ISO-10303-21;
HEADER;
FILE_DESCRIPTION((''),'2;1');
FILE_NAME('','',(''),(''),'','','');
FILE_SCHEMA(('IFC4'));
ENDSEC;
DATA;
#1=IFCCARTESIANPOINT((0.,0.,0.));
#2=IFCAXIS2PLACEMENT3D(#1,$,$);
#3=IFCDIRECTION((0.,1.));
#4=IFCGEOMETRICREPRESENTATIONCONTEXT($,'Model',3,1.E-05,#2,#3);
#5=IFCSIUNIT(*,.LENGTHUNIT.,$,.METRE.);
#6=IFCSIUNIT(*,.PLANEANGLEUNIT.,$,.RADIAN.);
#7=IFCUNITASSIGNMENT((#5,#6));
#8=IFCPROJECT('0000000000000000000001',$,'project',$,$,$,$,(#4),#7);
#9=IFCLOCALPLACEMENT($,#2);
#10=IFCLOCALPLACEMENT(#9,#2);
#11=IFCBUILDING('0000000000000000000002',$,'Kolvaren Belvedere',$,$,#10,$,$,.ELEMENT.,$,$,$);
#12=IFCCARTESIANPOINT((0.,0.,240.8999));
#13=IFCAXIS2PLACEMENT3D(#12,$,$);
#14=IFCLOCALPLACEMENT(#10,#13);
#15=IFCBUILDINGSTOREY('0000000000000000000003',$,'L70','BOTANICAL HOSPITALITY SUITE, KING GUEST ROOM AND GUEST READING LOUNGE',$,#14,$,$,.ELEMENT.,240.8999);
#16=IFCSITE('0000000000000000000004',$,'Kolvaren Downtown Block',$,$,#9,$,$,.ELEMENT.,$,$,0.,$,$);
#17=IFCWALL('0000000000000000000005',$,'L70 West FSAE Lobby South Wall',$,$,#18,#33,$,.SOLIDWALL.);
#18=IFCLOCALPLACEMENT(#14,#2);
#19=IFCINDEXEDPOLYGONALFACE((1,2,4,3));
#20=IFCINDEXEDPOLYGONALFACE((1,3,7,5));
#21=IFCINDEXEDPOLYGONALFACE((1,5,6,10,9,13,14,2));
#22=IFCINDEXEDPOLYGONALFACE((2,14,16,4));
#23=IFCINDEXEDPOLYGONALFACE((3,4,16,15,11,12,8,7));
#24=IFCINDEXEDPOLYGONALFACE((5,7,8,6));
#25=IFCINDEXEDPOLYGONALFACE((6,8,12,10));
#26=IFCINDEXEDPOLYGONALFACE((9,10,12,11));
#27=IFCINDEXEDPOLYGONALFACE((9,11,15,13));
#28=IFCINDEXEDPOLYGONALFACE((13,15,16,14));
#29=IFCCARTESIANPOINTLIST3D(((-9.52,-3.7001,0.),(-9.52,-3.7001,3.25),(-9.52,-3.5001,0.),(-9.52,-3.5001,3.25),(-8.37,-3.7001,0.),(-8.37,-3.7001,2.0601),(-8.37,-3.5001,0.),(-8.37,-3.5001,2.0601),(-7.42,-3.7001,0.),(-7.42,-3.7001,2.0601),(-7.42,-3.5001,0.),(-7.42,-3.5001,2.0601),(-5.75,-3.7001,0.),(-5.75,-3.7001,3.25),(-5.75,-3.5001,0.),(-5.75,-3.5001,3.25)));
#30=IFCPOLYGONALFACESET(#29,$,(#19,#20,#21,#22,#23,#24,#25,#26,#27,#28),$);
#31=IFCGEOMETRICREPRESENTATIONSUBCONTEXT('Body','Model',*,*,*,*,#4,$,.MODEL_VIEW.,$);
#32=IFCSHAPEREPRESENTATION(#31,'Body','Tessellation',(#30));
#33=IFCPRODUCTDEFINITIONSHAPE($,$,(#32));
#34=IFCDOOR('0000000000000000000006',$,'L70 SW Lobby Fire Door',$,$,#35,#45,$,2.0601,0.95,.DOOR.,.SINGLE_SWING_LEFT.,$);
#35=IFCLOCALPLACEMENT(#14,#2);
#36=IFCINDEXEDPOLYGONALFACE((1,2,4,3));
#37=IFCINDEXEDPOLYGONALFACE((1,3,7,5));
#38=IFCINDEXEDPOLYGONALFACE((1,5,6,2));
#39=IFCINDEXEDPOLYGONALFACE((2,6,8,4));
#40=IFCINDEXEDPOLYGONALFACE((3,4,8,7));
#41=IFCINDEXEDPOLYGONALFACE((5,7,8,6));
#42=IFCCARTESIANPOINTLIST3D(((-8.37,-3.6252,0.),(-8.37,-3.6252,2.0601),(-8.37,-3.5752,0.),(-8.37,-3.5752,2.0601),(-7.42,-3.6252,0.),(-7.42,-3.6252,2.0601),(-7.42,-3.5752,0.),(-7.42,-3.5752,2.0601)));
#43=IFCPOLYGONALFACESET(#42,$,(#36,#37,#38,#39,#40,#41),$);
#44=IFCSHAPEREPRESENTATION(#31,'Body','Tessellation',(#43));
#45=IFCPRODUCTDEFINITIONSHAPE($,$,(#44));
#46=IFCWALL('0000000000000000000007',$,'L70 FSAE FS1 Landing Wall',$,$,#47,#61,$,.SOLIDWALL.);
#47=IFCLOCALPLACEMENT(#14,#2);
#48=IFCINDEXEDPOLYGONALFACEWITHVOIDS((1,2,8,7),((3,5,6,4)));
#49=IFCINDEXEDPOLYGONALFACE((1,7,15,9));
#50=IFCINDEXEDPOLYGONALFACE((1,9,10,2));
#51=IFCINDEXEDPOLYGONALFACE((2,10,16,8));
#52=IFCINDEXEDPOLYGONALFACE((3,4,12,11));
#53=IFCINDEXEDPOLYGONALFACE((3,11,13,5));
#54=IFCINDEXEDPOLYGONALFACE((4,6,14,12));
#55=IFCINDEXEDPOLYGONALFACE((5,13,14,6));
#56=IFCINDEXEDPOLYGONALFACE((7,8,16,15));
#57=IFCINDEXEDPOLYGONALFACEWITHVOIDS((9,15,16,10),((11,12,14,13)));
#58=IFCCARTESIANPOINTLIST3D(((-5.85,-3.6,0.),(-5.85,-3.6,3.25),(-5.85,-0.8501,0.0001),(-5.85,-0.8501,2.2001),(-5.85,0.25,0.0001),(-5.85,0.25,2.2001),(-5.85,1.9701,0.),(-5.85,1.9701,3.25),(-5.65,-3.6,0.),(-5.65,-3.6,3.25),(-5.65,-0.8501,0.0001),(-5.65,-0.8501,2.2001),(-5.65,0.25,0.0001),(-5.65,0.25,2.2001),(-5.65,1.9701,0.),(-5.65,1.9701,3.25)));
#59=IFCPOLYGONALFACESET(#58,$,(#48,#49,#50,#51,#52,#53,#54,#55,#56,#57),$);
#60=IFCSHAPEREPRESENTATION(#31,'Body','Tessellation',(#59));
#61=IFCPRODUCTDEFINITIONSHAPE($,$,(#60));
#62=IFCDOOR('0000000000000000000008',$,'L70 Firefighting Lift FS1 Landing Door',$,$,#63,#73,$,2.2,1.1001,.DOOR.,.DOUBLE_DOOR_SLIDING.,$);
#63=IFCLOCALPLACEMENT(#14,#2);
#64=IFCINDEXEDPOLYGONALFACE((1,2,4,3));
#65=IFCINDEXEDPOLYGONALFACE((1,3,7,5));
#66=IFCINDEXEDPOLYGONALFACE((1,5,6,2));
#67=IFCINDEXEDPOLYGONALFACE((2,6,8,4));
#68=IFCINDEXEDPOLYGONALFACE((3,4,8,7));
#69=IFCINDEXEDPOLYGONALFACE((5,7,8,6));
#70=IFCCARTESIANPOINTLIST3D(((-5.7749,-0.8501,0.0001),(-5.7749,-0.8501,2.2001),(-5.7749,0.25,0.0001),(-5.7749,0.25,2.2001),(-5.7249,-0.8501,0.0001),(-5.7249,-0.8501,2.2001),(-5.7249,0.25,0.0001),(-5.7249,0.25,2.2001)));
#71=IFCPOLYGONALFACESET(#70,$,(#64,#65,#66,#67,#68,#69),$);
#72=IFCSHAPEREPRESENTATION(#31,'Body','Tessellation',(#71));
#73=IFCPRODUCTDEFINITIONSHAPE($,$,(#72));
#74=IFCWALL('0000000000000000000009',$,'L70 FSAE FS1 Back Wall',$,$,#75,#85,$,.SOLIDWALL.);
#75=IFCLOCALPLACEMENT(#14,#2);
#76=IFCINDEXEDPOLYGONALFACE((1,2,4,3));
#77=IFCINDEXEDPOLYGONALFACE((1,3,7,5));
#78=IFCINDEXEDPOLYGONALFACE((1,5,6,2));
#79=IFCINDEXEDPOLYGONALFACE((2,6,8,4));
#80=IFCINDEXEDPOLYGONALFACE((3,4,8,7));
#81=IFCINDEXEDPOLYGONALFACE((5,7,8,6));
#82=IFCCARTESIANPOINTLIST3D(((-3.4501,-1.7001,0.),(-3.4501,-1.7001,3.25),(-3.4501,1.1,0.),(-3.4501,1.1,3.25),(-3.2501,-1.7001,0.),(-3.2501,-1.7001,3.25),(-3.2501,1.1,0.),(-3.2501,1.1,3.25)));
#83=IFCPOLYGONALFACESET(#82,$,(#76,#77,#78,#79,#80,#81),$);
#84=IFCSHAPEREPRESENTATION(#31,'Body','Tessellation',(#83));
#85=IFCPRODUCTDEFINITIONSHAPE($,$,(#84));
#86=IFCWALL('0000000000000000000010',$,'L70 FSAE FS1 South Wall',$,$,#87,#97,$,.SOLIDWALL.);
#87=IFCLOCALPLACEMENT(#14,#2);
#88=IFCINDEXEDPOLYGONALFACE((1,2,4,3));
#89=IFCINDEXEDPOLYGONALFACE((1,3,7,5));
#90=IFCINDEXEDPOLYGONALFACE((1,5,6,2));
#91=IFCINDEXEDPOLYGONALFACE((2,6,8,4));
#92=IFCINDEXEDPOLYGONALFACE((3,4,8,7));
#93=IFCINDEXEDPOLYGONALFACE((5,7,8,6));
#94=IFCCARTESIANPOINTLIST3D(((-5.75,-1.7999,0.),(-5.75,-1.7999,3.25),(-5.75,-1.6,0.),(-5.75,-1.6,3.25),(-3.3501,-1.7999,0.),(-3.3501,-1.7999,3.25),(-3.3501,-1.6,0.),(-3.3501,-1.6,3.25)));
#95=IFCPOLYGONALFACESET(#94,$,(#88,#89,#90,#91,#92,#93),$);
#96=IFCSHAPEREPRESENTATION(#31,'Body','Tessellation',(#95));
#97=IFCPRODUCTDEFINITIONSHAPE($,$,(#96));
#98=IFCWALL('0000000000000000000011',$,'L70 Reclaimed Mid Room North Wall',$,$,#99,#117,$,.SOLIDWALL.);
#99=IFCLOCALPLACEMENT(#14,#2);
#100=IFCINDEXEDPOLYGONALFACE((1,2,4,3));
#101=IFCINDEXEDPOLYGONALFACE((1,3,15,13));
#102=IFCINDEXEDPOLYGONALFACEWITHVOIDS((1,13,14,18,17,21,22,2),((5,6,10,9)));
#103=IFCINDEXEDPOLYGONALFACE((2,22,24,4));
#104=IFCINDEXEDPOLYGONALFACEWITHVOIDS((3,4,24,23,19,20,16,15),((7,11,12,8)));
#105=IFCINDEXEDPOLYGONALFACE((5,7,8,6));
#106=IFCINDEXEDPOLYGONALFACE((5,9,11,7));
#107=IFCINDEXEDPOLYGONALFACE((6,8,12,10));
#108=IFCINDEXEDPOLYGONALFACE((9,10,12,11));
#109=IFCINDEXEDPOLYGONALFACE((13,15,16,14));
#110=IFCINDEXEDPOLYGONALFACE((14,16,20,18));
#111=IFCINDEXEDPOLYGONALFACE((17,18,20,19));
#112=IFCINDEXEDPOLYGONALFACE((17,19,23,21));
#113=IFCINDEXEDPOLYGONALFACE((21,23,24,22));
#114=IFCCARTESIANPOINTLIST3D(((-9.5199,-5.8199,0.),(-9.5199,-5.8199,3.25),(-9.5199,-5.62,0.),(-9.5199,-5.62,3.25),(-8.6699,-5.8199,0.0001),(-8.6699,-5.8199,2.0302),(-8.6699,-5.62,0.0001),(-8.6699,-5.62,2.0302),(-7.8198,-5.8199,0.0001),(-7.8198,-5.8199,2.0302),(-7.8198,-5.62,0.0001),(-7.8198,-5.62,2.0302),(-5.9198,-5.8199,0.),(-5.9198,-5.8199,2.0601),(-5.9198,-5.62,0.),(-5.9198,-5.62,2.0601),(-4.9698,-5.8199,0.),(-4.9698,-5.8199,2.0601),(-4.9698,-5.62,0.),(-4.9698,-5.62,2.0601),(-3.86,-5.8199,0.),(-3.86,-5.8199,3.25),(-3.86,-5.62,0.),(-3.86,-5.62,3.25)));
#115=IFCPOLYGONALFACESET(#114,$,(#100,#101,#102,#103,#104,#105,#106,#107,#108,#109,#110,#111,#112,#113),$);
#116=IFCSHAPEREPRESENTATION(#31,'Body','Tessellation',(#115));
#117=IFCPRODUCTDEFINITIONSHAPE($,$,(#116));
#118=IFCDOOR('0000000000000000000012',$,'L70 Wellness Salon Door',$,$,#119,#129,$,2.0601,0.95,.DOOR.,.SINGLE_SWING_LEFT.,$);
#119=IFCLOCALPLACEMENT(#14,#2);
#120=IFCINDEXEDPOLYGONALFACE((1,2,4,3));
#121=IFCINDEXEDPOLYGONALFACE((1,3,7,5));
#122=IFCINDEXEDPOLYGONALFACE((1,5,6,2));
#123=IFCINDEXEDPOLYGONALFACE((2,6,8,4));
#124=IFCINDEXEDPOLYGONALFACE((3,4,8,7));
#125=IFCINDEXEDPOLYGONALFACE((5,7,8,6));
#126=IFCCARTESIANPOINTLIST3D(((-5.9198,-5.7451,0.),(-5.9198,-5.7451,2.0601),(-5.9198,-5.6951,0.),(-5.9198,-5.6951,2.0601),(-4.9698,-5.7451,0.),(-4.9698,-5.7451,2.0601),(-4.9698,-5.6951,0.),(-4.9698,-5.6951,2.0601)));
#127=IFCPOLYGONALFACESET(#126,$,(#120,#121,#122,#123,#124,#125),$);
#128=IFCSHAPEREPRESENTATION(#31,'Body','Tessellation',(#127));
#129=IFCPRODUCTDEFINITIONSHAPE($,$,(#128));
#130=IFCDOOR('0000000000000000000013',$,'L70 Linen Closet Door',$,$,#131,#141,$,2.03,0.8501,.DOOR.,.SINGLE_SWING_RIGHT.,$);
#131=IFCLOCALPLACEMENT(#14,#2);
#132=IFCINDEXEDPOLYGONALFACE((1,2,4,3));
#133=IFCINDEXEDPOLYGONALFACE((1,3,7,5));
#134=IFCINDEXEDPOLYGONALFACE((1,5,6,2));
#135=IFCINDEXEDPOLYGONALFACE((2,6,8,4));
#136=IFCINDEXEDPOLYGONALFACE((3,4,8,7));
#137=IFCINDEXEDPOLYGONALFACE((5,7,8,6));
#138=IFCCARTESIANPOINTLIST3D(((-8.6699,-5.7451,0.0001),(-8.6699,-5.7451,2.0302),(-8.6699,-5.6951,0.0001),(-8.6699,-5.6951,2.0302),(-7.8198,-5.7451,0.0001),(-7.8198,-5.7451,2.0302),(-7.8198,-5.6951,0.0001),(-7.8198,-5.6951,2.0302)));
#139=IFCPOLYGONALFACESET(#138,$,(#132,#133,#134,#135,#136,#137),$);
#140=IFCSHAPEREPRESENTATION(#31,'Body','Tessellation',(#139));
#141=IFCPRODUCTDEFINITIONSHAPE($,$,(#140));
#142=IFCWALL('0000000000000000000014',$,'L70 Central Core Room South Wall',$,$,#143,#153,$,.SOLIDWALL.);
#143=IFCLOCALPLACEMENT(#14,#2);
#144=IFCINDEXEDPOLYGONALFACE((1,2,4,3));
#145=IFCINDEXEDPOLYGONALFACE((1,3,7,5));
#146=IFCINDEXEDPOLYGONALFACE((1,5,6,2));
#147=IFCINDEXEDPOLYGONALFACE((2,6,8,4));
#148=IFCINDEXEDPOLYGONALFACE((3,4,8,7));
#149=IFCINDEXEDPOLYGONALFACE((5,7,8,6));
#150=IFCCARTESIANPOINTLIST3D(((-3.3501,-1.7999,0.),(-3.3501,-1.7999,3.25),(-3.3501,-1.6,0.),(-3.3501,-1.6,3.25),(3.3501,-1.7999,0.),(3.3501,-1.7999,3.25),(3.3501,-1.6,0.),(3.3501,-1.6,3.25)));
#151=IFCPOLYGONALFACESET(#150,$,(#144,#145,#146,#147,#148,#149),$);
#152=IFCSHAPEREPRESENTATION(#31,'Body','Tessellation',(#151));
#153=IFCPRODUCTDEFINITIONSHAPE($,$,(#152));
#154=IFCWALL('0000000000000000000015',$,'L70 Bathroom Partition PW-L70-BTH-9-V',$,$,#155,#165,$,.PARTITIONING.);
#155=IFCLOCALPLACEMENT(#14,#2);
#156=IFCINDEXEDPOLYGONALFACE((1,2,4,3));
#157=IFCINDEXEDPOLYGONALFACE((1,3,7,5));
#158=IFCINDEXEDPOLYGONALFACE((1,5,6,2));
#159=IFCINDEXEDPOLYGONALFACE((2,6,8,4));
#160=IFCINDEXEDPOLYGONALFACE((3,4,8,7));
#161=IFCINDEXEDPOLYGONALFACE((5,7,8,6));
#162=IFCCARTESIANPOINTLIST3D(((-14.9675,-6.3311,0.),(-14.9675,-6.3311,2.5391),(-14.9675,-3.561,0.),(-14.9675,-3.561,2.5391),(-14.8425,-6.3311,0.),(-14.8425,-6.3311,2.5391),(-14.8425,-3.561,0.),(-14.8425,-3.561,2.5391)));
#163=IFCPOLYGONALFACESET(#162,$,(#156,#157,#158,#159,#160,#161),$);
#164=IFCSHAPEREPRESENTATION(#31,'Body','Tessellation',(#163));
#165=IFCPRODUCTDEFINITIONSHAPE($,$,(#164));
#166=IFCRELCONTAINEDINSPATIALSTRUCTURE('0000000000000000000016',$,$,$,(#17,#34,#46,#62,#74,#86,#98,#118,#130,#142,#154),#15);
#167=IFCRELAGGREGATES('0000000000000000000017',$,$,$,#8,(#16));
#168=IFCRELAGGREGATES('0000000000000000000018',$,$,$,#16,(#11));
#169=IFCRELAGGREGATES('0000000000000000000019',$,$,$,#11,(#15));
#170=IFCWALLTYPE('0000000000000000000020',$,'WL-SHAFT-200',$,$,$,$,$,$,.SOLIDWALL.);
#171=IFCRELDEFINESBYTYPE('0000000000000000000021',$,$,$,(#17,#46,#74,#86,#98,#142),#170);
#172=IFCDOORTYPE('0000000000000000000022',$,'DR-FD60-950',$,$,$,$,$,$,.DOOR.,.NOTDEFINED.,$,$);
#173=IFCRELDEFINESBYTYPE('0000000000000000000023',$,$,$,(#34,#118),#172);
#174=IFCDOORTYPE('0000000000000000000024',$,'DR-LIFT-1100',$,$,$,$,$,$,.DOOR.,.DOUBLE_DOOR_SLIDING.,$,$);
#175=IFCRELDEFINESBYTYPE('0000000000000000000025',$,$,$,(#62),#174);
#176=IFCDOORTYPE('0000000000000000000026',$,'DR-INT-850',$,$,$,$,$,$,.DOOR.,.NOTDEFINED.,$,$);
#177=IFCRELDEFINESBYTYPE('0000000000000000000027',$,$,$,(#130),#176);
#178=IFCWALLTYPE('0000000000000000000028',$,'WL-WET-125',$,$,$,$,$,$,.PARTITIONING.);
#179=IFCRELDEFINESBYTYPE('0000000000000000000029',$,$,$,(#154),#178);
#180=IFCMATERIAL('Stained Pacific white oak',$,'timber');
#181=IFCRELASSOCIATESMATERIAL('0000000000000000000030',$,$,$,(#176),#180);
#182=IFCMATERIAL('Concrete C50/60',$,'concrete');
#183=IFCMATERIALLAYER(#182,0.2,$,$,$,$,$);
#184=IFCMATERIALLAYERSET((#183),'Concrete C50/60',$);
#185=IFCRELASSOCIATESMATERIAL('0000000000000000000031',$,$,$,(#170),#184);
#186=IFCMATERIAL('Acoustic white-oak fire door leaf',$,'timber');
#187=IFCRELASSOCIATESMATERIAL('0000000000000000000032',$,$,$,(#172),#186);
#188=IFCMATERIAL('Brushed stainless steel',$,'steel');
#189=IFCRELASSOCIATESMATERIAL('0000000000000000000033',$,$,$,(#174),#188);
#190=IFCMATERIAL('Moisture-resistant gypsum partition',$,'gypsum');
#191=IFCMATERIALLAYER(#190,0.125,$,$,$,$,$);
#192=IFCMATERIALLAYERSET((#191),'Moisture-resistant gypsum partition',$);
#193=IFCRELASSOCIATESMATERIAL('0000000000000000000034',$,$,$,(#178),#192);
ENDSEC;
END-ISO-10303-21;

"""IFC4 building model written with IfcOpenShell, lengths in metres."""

from ifc_helpers import new_model, si_unit, direction, frame, frame_2d, origin, place, context, subcontext, project, spatial, rectangle, extrude, material, layer, layer_set, type_object, element, fill, save


model = new_model("IFC4")

# Units and contexts
model_context = context("Model", 3, precision=1e-05, world=origin(), true_north=direction((0.0, 1.0)))
body_context = subcontext(model_context, "Body", "Model", "MODEL_VIEW")
ifc_project = project(units=[si_unit("LENGTHUNIT", "METRE"), si_unit("PLANEANGLEUNIT", "RADIAN")], contexts=[model_context])

# Site, building, storey
site_placement = place(None, origin())
site = spatial("IfcSite", under=ifc_project, at=site_placement, Name="Kolvaren Downtown Block", CompositionType="ELEMENT", RefElevation=0.0)
building_placement = place(site_placement, origin())
building = spatial("IfcBuilding", under=site, at=building_placement, Name="Kolvaren Belvedere", CompositionType="ELEMENT")
storey_placement = place(building_placement, frame((0.0, 0.0, 240.8999)))
storey = spatial("IfcBuildingStorey", under=building, at=storey_placement, Name="L70", Description="BOTANICAL HOSPITALITY SUITE, KING GUEST ROOM AND GUEST READING LOUNGE", CompositionType="ELEMENT", Elevation=240.8999)

# Shared definitions
ifc_material_1 = material(Name="Stained Pacific white oak", Category="timber")
door_type_1 = type_object("IfcDoorType", Name="DR-INT-850", OperationType="NOTDEFINED", PredefinedType="DOOR", material=ifc_material_1)

# Walls, openings, doors
ifc_material_2 = material(Name="Concrete C50/60", Category="concrete")
ifc_layer_1 = layer(ifc_material_2, 0.2)
ifc_layer_set_1 = layer_set([ifc_layer_1], Name="Concrete C50/60")
wall_type_1 = type_object("IfcWallType", Name="WL-SHAFT-200", PredefinedType="SOLIDWALL", material=ifc_layer_set_1)
wall_1_placement = place(storey_placement, frame((-9.52, -3.6001, 0.0), z_axis=(0.0, 0.0, 1.0), x_axis=(1.0, 0.0, 0.0)))
wall_1 = element("IfcWall", 1, at=wall_1_placement, inside=storey, type_object=wall_type_1, Name="L70 West FSAE Lobby South Wall", PredefinedType="SOLIDWALL", context=body_context, shape_type="SweptSolid", body=[
    extrude(rectangle(XDim=3.77, YDim=0.2, at=frame_2d((1.885, 0.0))), origin(), (0.0, 0.0, 1.0), 3.25),
])
opening_1_placement = place(wall_1_placement, frame((1.1499, 0.0, 0.0)))
opening_1 = element("IfcOpeningElement", 2, at=opening_1_placement, cuts=wall_1, PredefinedType="OPENING", context=body_context, shape_type="SweptSolid", body=[
    extrude(rectangle(XDim=0.95, YDim=2.0601, at=frame_2d((0.4751, 1.03))), frame((0.0, 0.1099, 0.0), z_axis=(0.0, -1.0, 0.0), x_axis=(1.0, 0.0, 0.0)), (0.0, 0.0, 1.0), 0.22),
])
ifc_material_3 = material(Name="Acoustic white-oak fire door leaf", Category="timber")
door_type_2 = type_object("IfcDoorType", Name="DR-FD60-950", OperationType="NOTDEFINED", PredefinedType="DOOR", material=ifc_material_3)
door_1_placement = place(opening_1_placement, origin())
door_1 = element("IfcDoor", 3, at=door_1_placement, inside=storey, type_object=door_type_2, Name="L70 SW Lobby Fire Door", OperationType="SINGLE_SWING_LEFT", OverallHeight=2.0601, OverallWidth=0.95, PredefinedType="DOOR", context=body_context, shape_type="SweptSolid", body=[
    extrude(rectangle(XDim=0.95, YDim=2.0601, at=frame_2d((0.4751, 1.03))), frame((0.0, 0.0249, 0.0), z_axis=(0.0, -1.0, 0.0), x_axis=(1.0, 0.0, 0.0)), (0.0, 0.0, 1.0), 0.05),
])
fill(opening_1, door_1)
wall_2_placement = place(storey_placement, frame((-5.75, -3.6001, 0.0), z_axis=(0.0, 0.0, 1.0), x_axis=(0.0, 1.0, 0.0)))
wall_2 = element("IfcWall", 4, at=wall_2_placement, inside=storey, type_object=wall_type_1, Name="L70 FSAE FS1 Landing Wall", PredefinedType="SOLIDWALL", context=body_context, shape_type="SweptSolid", body=[
    extrude(rectangle(XDim=5.5701, YDim=0.2, at=frame_2d((2.7852, 0.0))), origin(), (0.0, 0.0, 1.0), 3.25),
])
opening_2_placement = place(wall_2_placement, frame((2.75, 0.0, 0.0)))
opening_2 = element("IfcOpeningElement", 5, at=opening_2_placement, cuts=wall_2, PredefinedType="OPENING", context=body_context, shape_type="SweptSolid", body=[
    extrude(rectangle(XDim=1.1001, YDim=2.2, at=frame_2d((0.55, 1.1001))), frame((0.0, 0.1099, 0.0), z_axis=(0.0, -1.0, 0.0), x_axis=(1.0, 0.0, 0.0)), (0.0, 0.0, 1.0), 0.22),
])
ifc_material_4 = material(Name="Brushed stainless steel", Category="steel")
door_type_3 = type_object("IfcDoorType", Name="DR-LIFT-1100", OperationType="DOUBLE_DOOR_SLIDING", PredefinedType="DOOR", material=ifc_material_4)
door_2_placement = place(opening_2_placement, origin())
door_2 = element("IfcDoor", 6, at=door_2_placement, inside=storey, type_object=door_type_3, Name="L70 Firefighting Lift FS1 Landing Door", OperationType="DOUBLE_DOOR_SLIDING", OverallHeight=2.2, OverallWidth=1.1001, PredefinedType="DOOR", context=body_context, shape_type="SweptSolid", body=[
    extrude(rectangle(XDim=1.1001, YDim=2.2, at=frame_2d((0.55, 1.1001))), frame((0.0, 0.0249, 0.0), z_axis=(0.0, -1.0, 0.0), x_axis=(1.0, 0.0, 0.0)), (0.0, 0.0, 1.0), 0.05),
])
fill(opening_2, door_2)

# Walls
wall_3_placement = place(storey_placement, frame((-3.3501, -1.7, 0.0), z_axis=(0.0, 0.0, 1.0), x_axis=(0.0, 1.0, 0.0)))
element("IfcWall", 7, at=wall_3_placement, inside=storey, type_object=wall_type_1, Name="L70 FSAE FS1 Back Wall", PredefinedType="SOLIDWALL", context=body_context, shape_type="SweptSolid", body=[
    extrude(rectangle(XDim=2.8, YDim=0.2, at=frame_2d((1.3999, 0.0))), origin(), (0.0, 0.0, 1.0), 3.25),
])
wall_4_placement = place(storey_placement, frame((-5.75, -1.7, 0.0), z_axis=(0.0, 0.0, 1.0), x_axis=(1.0, 0.0, 0.0)))
element("IfcWall", 8, at=wall_4_placement, inside=storey, type_object=wall_type_1, Name="L70 FSAE FS1 South Wall", PredefinedType="SOLIDWALL", context=body_context, shape_type="SweptSolid", body=[
    extrude(rectangle(XDim=2.3999, YDim=0.2, at=frame_2d((1.2, 0.0))), origin(), (0.0, 0.0, 1.0), 3.25),
])

# Wall, openings, doors
wall_5_placement = place(storey_placement, frame((-9.52, -5.72, 0.0), z_axis=(0.0, 0.0, 1.0), x_axis=(1.0, 0.0, 0.0)))
wall_5 = element("IfcWall", 9, at=wall_5_placement, inside=storey, type_object=wall_type_1, Name="L70 Reclaimed Mid Room North Wall", PredefinedType="SOLIDWALL", context=body_context, shape_type="SweptSolid", body=[
    extrude(rectangle(XDim=5.6599, YDim=0.2, at=frame_2d((2.8301, 0.0))), origin(), (0.0, 0.0, 1.0), 3.25),
])
opening_3_placement = place(wall_5_placement, frame((3.6001, 0.0, 0.0)))
opening_3 = element("IfcOpeningElement", 10, at=opening_3_placement, cuts=wall_5, PredefinedType="OPENING", context=body_context, shape_type="SweptSolid", body=[
    extrude(rectangle(XDim=0.95, YDim=2.0601, at=frame_2d((0.4751, 1.03))), frame((0.0, 0.1099, 0.0), z_axis=(0.0, -1.0, 0.0), x_axis=(1.0, 0.0, 0.0)), (0.0, 0.0, 1.0), 0.22),
])
opening_4_placement = place(wall_5_placement, frame((0.8501, 0.0, 0.0)))
opening_4 = element("IfcOpeningElement", 11, at=opening_4_placement, cuts=wall_5, PredefinedType="OPENING", context=body_context, shape_type="SweptSolid", body=[
    extrude(rectangle(XDim=0.8501, YDim=2.03, at=frame_2d((0.425, 1.0151))), frame((0.0, 0.1099, 0.0), z_axis=(0.0, -1.0, 0.0), x_axis=(1.0, 0.0, 0.0)), (0.0, 0.0, 1.0), 0.22),
])
door_3_placement = place(opening_3_placement, origin())
door_3 = element("IfcDoor", 12, at=door_3_placement, inside=storey, type_object=door_type_2, Name="L70 Wellness Salon Door", OperationType="SINGLE_SWING_LEFT", OverallHeight=2.0601, OverallWidth=0.95, PredefinedType="DOOR", context=body_context, shape_type="SweptSolid", body=[
    extrude(rectangle(XDim=0.95, YDim=2.0601, at=frame_2d((0.4751, 1.03))), frame((0.0, 0.0249, 0.0), z_axis=(0.0, -1.0, 0.0), x_axis=(1.0, 0.0, 0.0)), (0.0, 0.0, 1.0), 0.05),
])
fill(opening_3, door_3)
door_4_placement = place(opening_4_placement, origin())
door_4 = element("IfcDoor", 13, at=door_4_placement, inside=storey, type_object=door_type_1, Name="L70 Linen Closet Door", OperationType="SINGLE_SWING_RIGHT", OverallHeight=2.03, OverallWidth=0.8501, PredefinedType="DOOR", context=body_context, shape_type="SweptSolid", body=[
    extrude(rectangle(XDim=0.8501, YDim=2.03, at=frame_2d((0.425, 1.0151))), frame((0.0, 0.0249, 0.0), z_axis=(0.0, -1.0, 0.0), x_axis=(1.0, 0.0, 0.0)), (0.0, 0.0, 1.0), 0.05),
])
fill(opening_4, door_4)

# Walls
wall_6_placement = place(storey_placement, frame((-3.3501, -1.7, 0.0), z_axis=(0.0, 0.0, 1.0), x_axis=(1.0, 0.0, 0.0)))
element("IfcWall", 14, at=wall_6_placement, inside=storey, type_object=wall_type_1, Name="L70 Central Core Room South Wall", PredefinedType="SOLIDWALL", context=body_context, shape_type="SweptSolid", body=[
    extrude(rectangle(XDim=6.7002, YDim=0.2, at=frame_2d((3.3501, 0.0))), origin(), (0.0, 0.0, 1.0), 3.25),
])
ifc_material_5 = material(Name="Moisture-resistant gypsum partition", Category="gypsum")
ifc_layer_2 = layer(ifc_material_5, 0.125)
ifc_layer_set_2 = layer_set([ifc_layer_2], Name="Moisture-resistant gypsum partition")
wall_type_2 = type_object("IfcWallType", Name="WL-WET-125", PredefinedType="PARTITIONING", material=ifc_layer_set_2)
wall_7_placement = place(storey_placement, frame((-14.905, -6.3311, 0.0), z_axis=(0.0, 0.0, 1.0), x_axis=(0.0, 1.0, 0.0)))
element("IfcWall", 15, at=wall_7_placement, inside=storey, type_object=wall_type_2, Name="L70 Bathroom Partition PW-L70-BTH-9-V", PredefinedType="PARTITIONING", context=body_context, shape_type="SweptSolid", body=[
    extrude(rectangle(XDim=2.77, YDim=0.125, at=frame_2d((1.385, 0.0))), origin(), (0.0, 0.0, 1.0), 2.5391),
])

save(model, "model.ifc")
